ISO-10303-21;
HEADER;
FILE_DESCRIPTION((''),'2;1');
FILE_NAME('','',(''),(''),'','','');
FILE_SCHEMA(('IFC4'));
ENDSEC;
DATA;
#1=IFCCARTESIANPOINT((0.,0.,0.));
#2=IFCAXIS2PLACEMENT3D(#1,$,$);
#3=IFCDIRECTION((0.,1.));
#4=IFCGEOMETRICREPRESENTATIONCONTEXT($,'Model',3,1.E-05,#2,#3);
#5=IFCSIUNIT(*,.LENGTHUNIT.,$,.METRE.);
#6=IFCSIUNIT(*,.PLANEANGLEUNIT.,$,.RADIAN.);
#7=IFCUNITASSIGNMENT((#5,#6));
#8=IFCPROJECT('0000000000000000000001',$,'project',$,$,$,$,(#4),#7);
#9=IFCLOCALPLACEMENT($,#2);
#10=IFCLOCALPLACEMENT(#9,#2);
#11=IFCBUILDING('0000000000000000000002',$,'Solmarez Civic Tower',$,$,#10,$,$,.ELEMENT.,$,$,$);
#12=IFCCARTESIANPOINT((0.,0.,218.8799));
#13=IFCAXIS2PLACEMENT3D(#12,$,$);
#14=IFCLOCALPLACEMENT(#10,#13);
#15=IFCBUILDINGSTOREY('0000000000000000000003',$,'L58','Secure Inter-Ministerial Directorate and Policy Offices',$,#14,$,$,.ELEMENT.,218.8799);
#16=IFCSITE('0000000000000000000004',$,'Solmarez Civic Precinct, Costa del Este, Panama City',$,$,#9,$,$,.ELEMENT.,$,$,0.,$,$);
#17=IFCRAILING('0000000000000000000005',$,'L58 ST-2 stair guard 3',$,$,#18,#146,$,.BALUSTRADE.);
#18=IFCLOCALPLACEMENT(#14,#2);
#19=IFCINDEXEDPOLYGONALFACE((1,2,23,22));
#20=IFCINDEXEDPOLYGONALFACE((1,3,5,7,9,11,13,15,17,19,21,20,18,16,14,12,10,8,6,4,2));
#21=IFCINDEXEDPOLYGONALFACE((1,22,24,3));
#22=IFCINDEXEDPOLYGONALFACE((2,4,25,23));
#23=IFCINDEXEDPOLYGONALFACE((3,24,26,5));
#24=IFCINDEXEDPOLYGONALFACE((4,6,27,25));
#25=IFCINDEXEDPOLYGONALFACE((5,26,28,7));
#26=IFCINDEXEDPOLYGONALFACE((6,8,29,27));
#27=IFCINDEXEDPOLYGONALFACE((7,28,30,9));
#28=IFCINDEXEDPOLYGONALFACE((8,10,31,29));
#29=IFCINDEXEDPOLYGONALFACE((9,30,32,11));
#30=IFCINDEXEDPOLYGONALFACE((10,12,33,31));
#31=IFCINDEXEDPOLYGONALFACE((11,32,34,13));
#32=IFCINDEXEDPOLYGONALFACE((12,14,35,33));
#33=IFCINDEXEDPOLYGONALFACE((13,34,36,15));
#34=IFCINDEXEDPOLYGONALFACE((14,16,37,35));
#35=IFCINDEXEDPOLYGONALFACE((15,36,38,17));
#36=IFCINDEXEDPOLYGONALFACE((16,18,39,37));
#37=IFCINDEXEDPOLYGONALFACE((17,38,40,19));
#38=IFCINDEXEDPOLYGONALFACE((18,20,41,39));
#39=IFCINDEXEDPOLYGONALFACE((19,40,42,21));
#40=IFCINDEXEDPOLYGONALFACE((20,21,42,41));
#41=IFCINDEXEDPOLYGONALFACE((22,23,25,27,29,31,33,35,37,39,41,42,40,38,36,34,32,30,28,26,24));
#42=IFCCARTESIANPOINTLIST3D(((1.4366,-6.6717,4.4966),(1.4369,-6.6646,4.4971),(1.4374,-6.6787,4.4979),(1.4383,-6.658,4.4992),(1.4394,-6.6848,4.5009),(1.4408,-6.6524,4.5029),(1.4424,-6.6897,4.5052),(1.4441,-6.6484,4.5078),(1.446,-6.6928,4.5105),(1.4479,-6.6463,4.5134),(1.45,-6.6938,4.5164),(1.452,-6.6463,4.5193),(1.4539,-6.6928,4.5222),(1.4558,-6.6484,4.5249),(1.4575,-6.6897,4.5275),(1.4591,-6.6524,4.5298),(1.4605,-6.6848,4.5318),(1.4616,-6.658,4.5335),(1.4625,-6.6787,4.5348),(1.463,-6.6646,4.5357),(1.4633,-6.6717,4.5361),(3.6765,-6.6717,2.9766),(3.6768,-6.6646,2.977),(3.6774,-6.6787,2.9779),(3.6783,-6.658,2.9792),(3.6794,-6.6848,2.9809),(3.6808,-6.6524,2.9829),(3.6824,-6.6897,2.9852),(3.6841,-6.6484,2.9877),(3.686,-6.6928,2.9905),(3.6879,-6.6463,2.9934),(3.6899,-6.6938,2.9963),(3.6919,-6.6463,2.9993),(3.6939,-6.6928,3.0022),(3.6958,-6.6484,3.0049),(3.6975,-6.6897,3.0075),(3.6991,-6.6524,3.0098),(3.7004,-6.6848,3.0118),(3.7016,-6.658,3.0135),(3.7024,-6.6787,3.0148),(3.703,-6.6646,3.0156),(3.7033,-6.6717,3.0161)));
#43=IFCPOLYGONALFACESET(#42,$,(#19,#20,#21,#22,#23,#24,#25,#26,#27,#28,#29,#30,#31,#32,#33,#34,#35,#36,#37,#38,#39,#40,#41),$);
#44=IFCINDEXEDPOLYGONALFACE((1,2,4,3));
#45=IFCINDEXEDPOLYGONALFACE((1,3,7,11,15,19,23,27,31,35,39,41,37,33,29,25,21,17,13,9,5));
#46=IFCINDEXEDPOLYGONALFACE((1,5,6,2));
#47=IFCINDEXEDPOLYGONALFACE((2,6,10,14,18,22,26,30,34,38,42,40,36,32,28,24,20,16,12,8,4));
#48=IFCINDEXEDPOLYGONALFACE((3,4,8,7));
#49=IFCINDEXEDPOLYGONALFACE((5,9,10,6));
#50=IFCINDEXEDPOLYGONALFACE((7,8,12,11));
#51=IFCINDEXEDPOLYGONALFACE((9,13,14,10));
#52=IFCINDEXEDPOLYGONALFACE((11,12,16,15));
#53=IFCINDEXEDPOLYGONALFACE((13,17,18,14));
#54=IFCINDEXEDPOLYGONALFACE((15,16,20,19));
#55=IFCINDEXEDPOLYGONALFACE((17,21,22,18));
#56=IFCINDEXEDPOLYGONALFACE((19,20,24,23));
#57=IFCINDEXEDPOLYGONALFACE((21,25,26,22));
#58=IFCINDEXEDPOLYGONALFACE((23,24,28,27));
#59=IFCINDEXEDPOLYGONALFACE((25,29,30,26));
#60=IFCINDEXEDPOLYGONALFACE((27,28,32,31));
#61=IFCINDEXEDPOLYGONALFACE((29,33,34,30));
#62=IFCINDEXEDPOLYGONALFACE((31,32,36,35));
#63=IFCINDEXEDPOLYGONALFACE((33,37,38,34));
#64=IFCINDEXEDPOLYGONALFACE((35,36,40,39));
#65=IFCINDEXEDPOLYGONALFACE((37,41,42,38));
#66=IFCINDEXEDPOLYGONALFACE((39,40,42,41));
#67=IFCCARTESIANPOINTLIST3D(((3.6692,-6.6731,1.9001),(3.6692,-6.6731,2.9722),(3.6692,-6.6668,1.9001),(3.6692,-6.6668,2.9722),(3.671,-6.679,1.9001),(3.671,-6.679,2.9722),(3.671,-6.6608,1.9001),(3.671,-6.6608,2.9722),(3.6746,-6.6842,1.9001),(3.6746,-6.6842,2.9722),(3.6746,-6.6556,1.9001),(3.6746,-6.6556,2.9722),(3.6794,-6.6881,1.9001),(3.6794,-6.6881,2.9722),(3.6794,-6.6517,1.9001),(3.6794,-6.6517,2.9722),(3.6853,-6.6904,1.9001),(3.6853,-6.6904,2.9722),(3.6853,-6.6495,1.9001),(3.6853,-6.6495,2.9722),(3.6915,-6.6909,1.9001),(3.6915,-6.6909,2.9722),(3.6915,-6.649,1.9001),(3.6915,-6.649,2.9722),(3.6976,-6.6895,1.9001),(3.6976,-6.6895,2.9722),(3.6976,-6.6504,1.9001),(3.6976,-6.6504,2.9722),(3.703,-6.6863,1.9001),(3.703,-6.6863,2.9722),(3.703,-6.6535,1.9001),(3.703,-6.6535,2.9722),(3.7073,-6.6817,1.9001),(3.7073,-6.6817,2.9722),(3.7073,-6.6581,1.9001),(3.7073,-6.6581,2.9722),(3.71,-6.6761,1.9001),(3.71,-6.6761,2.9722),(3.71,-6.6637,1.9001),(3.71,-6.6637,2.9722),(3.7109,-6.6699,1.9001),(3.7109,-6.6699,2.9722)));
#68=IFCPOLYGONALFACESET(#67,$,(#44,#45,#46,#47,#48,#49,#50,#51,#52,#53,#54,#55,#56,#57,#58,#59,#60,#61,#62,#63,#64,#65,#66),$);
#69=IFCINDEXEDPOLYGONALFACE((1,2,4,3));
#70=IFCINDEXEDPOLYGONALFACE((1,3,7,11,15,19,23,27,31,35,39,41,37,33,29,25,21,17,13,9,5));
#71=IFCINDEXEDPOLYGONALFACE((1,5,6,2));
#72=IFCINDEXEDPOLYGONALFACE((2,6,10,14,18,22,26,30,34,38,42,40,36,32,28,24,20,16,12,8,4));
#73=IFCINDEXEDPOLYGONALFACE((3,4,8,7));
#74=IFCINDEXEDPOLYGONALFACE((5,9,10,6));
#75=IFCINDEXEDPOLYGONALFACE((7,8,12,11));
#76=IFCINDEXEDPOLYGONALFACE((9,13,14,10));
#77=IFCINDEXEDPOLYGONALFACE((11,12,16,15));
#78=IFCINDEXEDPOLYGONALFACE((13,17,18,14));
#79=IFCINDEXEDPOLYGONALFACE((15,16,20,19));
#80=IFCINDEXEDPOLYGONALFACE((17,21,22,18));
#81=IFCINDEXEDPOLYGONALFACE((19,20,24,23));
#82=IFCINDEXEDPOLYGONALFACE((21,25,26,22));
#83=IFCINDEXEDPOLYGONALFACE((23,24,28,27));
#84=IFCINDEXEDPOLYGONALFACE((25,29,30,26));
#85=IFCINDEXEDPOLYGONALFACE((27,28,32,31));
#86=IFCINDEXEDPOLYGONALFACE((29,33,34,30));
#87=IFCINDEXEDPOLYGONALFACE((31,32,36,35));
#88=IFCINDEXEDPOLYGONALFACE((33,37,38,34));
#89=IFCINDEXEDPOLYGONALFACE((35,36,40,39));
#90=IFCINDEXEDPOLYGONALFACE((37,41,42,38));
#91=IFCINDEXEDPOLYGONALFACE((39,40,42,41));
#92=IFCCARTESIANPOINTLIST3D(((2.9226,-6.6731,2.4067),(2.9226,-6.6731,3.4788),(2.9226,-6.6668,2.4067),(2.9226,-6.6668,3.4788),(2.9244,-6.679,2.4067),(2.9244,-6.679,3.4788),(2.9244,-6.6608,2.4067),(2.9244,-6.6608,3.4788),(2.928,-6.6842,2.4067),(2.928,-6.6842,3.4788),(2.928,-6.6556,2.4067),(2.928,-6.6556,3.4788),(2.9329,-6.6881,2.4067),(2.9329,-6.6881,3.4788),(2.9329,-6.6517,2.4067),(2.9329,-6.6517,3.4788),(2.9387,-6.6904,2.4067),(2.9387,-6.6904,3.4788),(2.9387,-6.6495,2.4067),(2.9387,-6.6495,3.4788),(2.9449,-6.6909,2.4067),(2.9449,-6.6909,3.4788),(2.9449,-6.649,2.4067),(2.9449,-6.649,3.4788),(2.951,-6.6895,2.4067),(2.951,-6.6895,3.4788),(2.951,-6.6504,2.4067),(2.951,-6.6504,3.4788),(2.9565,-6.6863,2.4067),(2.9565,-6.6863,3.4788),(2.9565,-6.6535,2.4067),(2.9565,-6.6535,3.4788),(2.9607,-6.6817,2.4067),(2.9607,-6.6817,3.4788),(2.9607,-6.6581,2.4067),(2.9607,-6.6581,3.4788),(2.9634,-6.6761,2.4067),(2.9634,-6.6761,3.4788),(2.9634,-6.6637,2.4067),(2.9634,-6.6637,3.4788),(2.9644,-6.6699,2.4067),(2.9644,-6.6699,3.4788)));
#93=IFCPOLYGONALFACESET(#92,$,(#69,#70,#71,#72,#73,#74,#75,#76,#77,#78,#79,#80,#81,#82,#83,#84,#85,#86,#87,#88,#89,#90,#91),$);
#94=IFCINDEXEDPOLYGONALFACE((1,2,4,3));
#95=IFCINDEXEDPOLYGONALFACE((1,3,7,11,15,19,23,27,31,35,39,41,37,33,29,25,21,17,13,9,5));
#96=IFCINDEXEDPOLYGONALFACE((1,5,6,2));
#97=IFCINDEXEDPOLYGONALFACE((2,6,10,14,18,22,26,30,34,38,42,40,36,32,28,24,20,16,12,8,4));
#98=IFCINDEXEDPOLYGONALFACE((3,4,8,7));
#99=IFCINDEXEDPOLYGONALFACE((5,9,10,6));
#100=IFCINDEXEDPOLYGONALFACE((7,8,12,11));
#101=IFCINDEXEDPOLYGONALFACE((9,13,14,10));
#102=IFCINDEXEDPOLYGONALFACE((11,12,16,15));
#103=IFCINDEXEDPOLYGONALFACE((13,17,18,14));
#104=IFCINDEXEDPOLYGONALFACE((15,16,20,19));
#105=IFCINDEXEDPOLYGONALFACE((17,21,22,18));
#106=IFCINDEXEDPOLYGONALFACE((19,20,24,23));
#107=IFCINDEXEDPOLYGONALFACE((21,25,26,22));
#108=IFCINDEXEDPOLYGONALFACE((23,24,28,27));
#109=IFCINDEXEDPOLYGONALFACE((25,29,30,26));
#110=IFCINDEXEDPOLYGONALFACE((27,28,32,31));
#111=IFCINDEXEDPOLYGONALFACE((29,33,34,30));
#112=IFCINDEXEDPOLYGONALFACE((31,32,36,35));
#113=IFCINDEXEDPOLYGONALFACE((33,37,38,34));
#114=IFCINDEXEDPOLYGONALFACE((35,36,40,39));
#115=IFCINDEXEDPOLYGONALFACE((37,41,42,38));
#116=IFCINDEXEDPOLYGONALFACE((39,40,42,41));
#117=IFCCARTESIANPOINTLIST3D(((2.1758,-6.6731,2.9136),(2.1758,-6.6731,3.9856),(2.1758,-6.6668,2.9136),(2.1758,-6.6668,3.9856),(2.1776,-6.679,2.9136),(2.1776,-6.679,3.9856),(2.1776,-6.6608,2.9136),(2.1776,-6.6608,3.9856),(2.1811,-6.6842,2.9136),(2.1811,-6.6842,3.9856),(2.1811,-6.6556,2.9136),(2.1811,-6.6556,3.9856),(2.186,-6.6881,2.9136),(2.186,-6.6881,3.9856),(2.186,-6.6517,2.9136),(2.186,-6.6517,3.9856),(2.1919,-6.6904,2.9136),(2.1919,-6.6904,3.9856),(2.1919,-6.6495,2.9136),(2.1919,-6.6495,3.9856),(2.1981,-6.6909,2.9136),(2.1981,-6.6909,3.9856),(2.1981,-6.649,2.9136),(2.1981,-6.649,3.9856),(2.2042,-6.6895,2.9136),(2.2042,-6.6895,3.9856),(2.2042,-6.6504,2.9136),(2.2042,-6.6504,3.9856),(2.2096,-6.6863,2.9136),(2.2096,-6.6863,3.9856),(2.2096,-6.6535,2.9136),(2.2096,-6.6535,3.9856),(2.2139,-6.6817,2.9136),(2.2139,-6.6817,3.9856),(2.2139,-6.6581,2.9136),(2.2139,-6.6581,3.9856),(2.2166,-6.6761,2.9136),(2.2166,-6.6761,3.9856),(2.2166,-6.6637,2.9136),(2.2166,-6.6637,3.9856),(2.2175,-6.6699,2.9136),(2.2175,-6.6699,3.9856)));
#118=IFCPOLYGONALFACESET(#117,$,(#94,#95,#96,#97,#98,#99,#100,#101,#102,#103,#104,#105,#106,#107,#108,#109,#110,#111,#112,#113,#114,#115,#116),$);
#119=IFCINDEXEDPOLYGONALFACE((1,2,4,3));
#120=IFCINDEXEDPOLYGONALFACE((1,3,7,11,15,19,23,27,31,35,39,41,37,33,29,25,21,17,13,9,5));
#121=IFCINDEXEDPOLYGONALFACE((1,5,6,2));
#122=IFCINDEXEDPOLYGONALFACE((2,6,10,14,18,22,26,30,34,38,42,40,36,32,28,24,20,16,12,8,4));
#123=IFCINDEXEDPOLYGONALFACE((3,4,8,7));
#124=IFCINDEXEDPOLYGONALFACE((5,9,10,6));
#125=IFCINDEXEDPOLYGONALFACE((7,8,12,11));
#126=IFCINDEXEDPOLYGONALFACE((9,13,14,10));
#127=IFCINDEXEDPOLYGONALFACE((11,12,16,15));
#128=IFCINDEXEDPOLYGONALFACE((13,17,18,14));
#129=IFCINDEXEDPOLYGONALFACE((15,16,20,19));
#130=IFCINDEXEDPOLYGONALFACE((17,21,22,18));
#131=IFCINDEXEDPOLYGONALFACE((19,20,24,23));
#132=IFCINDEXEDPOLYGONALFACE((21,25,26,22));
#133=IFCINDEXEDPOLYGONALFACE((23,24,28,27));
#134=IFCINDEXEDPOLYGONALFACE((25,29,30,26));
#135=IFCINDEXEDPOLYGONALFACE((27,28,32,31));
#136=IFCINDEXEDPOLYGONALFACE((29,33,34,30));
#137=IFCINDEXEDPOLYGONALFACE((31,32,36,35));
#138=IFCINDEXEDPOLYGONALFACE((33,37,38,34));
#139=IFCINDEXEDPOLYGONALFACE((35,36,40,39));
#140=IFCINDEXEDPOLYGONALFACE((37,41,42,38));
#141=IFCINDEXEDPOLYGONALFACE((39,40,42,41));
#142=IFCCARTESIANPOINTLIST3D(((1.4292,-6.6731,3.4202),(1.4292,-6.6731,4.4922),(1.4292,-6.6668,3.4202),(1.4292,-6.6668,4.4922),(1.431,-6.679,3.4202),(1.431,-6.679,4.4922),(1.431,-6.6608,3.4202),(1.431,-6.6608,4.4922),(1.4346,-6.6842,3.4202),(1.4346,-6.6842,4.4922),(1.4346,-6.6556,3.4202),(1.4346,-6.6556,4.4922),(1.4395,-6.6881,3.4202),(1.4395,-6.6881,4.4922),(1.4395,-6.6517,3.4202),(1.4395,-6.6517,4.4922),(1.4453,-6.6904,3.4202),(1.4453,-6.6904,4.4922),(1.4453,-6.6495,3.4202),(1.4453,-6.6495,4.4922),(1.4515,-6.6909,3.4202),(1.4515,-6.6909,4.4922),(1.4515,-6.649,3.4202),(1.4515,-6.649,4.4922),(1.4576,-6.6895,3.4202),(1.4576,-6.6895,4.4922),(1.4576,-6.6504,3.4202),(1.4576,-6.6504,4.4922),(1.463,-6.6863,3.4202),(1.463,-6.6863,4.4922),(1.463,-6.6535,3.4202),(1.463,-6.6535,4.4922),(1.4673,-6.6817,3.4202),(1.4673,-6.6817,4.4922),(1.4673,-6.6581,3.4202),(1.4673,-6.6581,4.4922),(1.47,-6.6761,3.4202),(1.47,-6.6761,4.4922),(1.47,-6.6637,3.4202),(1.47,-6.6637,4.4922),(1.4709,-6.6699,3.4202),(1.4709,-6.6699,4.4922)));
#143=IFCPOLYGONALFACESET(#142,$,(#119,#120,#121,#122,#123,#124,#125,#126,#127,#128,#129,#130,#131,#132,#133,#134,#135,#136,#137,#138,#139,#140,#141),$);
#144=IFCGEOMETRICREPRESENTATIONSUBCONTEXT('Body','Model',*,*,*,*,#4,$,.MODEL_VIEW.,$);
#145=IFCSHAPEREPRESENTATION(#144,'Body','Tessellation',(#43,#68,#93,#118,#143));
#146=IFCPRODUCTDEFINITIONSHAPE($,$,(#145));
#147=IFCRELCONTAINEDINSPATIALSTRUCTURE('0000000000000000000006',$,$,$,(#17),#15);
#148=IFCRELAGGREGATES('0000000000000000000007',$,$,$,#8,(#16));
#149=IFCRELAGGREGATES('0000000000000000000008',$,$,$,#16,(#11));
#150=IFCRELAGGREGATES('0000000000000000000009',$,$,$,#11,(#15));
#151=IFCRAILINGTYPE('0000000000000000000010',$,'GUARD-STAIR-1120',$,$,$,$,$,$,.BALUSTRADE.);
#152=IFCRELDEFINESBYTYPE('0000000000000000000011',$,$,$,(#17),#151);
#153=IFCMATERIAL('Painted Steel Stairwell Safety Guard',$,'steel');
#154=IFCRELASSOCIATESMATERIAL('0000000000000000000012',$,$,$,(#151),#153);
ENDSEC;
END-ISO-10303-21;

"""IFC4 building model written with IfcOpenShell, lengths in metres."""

from ifc_helpers import new_model, si_unit, direction, frame, origin, origin_2d, place, context, subcontext, project, spatial, circle, extrude, material, type_object, element, save


model = new_model("IFC4")

# Units and contexts
model_context = context("Model", 3, precision=1e-05, world=origin(), true_north=direction((0.0, 1.0)))
body_context = subcontext(model_context, "Body", "Model", "MODEL_VIEW")
ifc_project = project(units=[si_unit("LENGTHUNIT", "METRE"), si_unit("PLANEANGLEUNIT", "RADIAN")], contexts=[model_context])

# Site, building, storey
site_placement = place(None, origin())
site = spatial("IfcSite", under=ifc_project, at=site_placement, Name="Solmarez Civic Precinct, Costa del Este, Panama City", CompositionType="ELEMENT", RefElevation=0.0)
building_placement = place(site_placement, origin())
building = spatial("IfcBuilding", under=site, at=building_placement, Name="Solmarez Civic Tower", CompositionType="ELEMENT")
storey_placement = place(building_placement, frame((0.0, 0.0, 218.8799)))
storey = spatial("IfcBuildingStorey", under=building, at=storey_placement, Name="L58", Description="Secure Inter-Ministerial Directorate and Policy Offices", CompositionType="ELEMENT", Elevation=218.8799)

# Railing
ifc_material_1 = material(Name="Painted Steel Stairwell Safety Guard", Category="steel")
railing_type_1 = type_object("IfcRailingType", Name="GUARD-STAIR-1120", PredefinedType="BALUSTRADE", material=ifc_material_1)
railing_1_placement = place(storey_placement, frame((3.6899, -6.6699, 1.9001)))
element("IfcRailing", 1, at=railing_1_placement, inside=storey, type_object=railing_type_1, Name="L58 ST-2 stair guard 3", PredefinedType="BALUSTRADE", context=body_context, shape_type="SweptSolid", body=[
    extrude(circle(Radius=0.0239, at=origin_2d()), frame((0.0, 0.0, 1.0962), z_axis=(-0.827471, 0.0, 0.561508), x_axis=(0.0, -1.0, 0.0)), (0.0, 0.0, 1.0), 2.707),
    extrude(circle(Radius=0.021, at=origin_2d()), origin(), (0.0, 0.0, 1.0), 1.072),
    extrude(circle(Radius=0.021, at=origin_2d()), frame((-0.7466, 0.0, 0.5066)), (0.0, 0.0, 1.0), 1.072),
    extrude(circle(Radius=0.021, at=origin_2d()), frame((-1.4934, 0.0, 1.0134)), (0.0, 0.0, 1.0), 1.072),
    extrude(circle(Radius=0.021, at=origin_2d()), frame((-2.24, 0.0, 1.52)), (0.0, 0.0, 1.0), 1.072),
])

save(model, "model.ifc")
